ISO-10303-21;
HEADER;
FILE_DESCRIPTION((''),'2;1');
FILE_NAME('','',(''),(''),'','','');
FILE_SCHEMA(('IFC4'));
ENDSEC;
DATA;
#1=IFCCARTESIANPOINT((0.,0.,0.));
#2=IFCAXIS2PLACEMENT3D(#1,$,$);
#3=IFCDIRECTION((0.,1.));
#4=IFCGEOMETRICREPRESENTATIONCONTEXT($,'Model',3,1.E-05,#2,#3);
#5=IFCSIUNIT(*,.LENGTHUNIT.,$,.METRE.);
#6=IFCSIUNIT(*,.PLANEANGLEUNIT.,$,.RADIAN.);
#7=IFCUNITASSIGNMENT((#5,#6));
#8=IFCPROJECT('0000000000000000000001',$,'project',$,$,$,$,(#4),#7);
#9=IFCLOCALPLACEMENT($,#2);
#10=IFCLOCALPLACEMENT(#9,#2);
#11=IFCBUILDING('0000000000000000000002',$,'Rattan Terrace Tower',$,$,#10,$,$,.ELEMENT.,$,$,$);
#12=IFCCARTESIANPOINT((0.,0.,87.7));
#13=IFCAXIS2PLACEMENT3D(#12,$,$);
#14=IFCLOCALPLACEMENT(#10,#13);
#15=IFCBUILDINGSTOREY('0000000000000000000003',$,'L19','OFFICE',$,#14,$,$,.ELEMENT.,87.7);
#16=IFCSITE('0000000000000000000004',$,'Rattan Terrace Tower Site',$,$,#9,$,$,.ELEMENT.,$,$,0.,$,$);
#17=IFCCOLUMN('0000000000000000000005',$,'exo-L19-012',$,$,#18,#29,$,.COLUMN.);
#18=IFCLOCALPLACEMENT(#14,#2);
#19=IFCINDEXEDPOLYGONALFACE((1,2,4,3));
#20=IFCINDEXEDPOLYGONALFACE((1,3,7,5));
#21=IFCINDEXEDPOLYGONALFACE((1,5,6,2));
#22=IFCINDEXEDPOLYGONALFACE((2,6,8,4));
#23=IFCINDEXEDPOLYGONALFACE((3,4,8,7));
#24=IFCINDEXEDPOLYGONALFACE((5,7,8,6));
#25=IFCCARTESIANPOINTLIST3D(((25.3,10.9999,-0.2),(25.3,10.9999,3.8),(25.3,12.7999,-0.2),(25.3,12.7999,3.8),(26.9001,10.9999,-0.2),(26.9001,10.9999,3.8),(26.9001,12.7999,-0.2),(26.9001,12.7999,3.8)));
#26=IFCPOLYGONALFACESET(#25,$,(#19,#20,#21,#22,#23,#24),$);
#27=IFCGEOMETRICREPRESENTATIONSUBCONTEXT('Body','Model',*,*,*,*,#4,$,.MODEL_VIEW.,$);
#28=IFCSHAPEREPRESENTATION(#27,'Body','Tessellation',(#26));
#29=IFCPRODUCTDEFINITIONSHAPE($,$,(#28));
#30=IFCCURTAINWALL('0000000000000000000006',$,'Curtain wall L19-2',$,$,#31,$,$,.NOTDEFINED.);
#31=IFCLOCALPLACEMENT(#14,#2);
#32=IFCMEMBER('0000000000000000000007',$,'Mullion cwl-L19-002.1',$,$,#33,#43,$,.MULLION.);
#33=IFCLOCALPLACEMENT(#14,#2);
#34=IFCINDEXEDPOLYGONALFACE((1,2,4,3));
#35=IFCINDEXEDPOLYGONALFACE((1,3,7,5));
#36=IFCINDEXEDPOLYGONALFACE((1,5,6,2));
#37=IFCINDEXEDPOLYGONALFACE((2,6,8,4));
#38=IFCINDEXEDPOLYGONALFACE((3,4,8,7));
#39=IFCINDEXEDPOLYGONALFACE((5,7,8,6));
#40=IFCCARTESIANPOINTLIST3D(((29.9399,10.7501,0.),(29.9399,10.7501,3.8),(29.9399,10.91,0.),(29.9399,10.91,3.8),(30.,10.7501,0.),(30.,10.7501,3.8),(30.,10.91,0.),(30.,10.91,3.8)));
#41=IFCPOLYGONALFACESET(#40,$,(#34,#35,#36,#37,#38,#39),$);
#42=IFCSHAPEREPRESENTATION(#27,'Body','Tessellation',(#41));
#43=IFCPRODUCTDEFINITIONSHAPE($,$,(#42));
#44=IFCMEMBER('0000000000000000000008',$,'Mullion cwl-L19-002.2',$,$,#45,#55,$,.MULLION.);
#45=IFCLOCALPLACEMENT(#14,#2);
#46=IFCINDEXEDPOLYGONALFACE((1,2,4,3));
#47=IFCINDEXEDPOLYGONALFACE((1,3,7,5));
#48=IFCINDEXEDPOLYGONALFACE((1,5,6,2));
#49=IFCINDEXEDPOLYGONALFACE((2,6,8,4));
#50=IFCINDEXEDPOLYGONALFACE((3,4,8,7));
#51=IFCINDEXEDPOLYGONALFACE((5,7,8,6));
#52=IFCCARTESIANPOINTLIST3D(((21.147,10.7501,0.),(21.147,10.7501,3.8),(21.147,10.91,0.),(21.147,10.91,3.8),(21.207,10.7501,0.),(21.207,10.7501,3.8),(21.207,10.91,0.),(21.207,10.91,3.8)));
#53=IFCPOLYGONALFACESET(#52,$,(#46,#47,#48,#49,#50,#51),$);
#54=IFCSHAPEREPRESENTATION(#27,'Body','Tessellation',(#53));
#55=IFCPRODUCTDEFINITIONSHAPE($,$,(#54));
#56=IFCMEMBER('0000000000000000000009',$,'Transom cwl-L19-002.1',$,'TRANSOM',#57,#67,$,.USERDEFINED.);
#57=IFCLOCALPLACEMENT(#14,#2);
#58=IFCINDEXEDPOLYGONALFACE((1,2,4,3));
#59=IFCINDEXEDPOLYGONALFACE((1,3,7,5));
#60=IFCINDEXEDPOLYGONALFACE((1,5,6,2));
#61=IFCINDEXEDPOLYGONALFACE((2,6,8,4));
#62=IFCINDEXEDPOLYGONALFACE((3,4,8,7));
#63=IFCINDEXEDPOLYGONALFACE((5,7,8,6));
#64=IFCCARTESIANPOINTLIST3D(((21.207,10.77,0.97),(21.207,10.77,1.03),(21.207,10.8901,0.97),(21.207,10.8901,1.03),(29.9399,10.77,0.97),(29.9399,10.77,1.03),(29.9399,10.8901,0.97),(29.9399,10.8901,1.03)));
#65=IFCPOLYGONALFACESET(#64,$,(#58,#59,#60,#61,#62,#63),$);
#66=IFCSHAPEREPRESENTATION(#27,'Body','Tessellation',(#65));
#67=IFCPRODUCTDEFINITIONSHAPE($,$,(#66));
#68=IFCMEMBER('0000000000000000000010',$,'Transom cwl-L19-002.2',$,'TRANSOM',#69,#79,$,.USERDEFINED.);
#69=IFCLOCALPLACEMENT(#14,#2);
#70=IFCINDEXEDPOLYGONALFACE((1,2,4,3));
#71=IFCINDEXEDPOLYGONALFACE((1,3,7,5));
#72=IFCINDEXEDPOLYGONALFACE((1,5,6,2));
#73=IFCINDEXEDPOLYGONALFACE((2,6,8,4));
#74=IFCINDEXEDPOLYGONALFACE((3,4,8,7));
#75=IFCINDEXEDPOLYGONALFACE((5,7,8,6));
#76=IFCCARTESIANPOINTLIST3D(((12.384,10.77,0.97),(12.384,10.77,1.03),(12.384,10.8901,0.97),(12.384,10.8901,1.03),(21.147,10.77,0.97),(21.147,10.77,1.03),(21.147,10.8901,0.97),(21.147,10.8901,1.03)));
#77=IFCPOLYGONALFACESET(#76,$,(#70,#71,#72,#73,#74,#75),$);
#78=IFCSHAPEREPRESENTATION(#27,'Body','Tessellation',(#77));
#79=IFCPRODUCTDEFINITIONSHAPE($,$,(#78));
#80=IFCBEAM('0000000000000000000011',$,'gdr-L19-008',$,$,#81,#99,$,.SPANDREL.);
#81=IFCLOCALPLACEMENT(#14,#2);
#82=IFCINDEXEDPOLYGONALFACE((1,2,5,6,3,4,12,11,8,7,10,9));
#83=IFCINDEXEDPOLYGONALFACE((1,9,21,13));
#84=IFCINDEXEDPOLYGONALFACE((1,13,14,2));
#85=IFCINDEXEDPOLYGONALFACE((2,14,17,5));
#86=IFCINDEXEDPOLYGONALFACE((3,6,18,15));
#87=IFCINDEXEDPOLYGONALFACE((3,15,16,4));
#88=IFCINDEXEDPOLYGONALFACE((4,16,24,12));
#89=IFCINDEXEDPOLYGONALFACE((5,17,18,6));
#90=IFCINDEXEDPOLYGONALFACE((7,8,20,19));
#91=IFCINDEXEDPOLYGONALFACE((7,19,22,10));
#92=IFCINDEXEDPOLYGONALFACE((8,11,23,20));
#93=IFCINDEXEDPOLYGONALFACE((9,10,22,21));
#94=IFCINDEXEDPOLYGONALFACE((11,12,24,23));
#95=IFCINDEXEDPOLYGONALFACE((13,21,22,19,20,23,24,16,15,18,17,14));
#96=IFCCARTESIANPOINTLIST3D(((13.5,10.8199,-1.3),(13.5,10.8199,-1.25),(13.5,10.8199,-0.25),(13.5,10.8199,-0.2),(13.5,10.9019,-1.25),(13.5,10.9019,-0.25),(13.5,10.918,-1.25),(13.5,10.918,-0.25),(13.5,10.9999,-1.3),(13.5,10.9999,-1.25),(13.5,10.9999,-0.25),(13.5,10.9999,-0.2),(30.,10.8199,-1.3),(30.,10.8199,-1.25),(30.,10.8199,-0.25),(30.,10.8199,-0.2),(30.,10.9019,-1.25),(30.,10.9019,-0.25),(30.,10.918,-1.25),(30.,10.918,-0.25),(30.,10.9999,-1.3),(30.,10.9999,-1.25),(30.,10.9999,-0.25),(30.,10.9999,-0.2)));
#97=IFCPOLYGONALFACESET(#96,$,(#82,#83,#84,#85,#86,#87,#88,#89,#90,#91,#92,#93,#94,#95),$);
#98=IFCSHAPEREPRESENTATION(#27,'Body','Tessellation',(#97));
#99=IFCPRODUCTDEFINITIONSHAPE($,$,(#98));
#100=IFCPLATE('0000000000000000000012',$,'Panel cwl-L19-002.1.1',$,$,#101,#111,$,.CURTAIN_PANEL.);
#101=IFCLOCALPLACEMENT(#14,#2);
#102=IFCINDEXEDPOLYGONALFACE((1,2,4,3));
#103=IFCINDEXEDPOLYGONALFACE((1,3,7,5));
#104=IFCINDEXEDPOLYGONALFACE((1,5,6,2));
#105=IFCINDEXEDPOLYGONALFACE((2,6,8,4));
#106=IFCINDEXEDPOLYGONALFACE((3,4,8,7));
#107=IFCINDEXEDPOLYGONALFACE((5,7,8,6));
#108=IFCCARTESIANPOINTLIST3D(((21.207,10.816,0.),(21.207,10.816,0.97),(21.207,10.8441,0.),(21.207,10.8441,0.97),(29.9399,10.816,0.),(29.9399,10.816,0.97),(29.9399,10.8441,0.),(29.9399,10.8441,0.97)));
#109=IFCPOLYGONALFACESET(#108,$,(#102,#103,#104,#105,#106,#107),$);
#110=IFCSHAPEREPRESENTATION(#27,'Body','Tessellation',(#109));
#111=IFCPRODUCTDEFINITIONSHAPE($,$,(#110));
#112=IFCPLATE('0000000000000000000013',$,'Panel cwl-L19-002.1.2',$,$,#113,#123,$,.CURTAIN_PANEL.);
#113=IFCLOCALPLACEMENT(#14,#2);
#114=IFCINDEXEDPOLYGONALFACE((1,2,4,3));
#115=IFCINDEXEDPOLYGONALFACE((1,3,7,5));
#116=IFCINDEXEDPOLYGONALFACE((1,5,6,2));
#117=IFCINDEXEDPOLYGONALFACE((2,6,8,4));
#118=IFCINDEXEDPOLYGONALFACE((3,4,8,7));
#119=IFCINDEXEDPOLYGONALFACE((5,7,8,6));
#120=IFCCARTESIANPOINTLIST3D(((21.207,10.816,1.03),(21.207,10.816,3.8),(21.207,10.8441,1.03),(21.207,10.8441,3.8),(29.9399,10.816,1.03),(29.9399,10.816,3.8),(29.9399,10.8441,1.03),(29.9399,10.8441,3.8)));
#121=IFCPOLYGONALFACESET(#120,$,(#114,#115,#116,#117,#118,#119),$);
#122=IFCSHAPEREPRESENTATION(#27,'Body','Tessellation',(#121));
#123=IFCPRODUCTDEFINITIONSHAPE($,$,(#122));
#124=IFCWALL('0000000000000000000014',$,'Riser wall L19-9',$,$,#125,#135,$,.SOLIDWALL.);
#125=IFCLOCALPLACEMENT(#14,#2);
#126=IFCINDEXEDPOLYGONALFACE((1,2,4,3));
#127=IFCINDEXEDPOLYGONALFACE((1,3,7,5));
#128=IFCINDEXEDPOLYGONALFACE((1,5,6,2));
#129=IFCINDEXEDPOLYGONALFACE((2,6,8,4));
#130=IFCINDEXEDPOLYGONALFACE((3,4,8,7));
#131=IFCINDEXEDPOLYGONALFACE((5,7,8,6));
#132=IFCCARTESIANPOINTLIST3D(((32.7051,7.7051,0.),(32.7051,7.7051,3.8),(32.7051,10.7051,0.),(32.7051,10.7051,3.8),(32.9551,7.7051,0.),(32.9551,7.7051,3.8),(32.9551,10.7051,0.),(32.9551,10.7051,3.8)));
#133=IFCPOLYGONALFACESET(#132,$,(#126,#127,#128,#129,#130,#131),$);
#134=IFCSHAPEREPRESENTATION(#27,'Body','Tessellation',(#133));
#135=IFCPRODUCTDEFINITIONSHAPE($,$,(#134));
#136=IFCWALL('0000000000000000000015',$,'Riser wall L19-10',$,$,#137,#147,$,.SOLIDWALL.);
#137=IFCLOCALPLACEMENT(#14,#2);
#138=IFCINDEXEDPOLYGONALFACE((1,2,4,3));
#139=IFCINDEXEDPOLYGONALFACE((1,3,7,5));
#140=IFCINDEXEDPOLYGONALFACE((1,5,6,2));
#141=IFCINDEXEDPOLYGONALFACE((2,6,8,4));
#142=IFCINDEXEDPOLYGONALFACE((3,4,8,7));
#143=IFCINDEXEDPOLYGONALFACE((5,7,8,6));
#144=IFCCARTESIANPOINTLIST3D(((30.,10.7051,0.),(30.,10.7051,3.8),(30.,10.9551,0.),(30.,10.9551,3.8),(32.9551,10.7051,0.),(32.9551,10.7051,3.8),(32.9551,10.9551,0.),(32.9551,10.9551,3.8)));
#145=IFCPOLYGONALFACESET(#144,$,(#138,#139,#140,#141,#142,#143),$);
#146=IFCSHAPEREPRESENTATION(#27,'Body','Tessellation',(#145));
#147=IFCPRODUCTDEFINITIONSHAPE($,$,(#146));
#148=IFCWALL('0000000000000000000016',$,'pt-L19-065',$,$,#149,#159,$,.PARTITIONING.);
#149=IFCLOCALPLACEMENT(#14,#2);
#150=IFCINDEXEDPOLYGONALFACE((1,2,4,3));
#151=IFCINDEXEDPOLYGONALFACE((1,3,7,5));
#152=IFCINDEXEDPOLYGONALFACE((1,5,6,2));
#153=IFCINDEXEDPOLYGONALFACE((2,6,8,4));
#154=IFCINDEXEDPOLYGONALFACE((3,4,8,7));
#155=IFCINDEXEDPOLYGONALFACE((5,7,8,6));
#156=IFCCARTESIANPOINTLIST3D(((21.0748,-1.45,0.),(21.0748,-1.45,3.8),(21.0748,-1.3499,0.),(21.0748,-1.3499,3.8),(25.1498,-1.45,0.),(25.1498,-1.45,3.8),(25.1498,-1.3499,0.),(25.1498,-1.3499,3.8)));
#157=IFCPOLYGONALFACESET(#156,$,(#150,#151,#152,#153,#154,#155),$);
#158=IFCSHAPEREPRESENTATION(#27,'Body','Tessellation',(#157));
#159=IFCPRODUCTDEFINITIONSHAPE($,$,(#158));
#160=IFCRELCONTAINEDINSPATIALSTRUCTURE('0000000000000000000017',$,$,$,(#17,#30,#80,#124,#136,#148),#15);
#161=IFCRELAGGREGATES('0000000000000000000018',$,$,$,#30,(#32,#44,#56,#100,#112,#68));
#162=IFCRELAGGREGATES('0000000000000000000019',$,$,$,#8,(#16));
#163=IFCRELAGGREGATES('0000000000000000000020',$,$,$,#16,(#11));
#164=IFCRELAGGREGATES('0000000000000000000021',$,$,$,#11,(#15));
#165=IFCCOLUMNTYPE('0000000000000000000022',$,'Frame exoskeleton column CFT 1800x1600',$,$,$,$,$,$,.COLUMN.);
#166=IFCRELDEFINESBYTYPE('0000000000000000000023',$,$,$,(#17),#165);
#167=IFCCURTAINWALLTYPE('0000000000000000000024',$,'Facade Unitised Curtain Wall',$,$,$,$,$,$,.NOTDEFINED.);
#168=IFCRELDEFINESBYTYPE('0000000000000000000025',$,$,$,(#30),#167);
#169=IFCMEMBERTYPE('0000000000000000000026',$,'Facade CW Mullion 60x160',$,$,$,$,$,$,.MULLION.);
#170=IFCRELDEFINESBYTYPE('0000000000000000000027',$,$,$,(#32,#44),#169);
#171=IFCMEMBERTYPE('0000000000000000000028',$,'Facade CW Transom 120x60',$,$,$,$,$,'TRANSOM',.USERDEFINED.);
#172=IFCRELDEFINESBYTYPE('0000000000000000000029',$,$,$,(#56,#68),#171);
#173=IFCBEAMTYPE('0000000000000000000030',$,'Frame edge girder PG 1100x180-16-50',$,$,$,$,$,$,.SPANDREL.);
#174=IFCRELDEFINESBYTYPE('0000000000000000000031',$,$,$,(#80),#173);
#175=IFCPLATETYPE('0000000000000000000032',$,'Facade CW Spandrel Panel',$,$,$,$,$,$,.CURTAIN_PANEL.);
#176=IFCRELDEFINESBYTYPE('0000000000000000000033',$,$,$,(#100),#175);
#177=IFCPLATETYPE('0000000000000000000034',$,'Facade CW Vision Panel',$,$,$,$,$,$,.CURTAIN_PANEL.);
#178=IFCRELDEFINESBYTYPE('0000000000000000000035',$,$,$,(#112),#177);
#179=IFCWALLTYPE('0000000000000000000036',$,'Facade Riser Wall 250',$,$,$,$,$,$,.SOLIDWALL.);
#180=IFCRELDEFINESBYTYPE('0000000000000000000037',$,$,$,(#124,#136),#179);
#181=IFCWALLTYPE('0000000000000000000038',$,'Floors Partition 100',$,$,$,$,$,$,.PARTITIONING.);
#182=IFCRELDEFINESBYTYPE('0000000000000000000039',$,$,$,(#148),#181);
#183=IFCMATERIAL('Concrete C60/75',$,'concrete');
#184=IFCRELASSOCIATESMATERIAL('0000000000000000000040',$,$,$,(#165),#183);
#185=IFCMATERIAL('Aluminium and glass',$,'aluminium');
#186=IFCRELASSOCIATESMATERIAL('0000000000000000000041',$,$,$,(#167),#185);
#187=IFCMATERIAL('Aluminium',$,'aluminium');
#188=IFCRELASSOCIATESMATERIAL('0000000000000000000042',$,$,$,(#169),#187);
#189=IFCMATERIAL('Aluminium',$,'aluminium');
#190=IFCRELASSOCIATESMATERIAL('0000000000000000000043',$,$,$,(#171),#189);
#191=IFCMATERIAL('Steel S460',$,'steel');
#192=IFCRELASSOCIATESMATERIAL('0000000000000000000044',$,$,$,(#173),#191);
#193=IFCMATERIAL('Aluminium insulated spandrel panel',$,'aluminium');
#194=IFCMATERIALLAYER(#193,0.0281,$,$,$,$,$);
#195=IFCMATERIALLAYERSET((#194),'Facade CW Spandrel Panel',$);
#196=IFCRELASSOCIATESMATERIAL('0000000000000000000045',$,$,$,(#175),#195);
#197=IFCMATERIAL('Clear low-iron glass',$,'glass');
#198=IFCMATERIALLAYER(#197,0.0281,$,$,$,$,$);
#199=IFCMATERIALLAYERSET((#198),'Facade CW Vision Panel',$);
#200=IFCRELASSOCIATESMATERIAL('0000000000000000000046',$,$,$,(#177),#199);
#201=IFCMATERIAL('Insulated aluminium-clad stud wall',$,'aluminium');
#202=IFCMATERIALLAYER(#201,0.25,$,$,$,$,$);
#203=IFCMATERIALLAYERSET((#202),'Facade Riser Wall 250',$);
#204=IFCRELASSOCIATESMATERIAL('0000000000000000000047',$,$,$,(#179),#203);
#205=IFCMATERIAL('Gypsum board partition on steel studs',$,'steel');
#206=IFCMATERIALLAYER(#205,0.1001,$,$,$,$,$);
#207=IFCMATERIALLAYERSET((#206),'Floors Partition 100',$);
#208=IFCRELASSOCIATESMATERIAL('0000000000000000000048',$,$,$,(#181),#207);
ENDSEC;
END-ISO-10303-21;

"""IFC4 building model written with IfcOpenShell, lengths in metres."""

from ifc_helpers import new_model, si_unit, direction, frame, frame_2d, origin, origin_2d, place, context, subcontext, project, spatial, rectangle, i_section, extrude, material, layer, layer_set, material_profile, profile_set, type_object, element, aggregate, save


model = new_model("IFC4")

# Units and contexts
model_context = context("Model", 3, precision=1e-05, world=origin(), true_north=direction((0.0, 1.0)))
body_context = subcontext(model_context, "Body", "Model", "MODEL_VIEW")
ifc_project = project(units=[si_unit("LENGTHUNIT", "METRE"), si_unit("PLANEANGLEUNIT", "RADIAN")], contexts=[model_context])

# Site, building, storey
site_placement = place(None, origin())
site = spatial("IfcSite", under=ifc_project, at=site_placement, Name="Rattan Terrace Tower Site", CompositionType="ELEMENT", RefElevation=0.0)
building_placement = place(site_placement, origin())
building = spatial("IfcBuilding", under=site, at=building_placement, Name="Rattan Terrace Tower", CompositionType="ELEMENT")
storey_placement = place(building_placement, frame((0.0, 0.0, 87.7)))
storey = spatial("IfcBuildingStorey", under=building, at=storey_placement, Name="L19", Description="OFFICE", CompositionType="ELEMENT", Elevation=87.7)

# Column
ifc_material_1 = material(Name="Concrete C60/75", Category="concrete")
ifc_material_profile_1 = material_profile(ifc_material_1, rectangle(XDim=1.6001, YDim=1.8, at=origin_2d()), Name="CFT 1800x1600")
ifc_profile_set_1 = profile_set([ifc_material_profile_1], Name="Concrete C60/75")
column_type = type_object("IfcColumnType", Name="Frame exoskeleton column CFT 1800x1600", PredefinedType="COLUMN", material=ifc_profile_set_1)
column_placement = place(storey_placement, frame((26.1001, 11.8999, -0.2), z_axis=(0.0, 0.0, 1.0), x_axis=(1.0, 0.0, 0.0)))
element("IfcColumn", 1, at=column_placement, inside=storey, type_object=column_type, Name="exo-L19-012", PredefinedType="COLUMN", context=body_context, shape_type="SweptSolid", body=[
    extrude(rectangle(XDim=1.6001, YDim=1.8, at=origin_2d()), origin(), (0.0, 0.0, 1.0), 4.0),
])

# Curtain wall, members
ifc_material_2 = material(Name="Aluminium and glass", Category="aluminium")
curtain_wall_type = type_object("IfcCurtainWallType", Name="Facade Unitised Curtain Wall", PredefinedType="NOTDEFINED", material=ifc_material_2)
curtain_wall_placement = place(storey_placement, origin())
curtain_wall = element("IfcCurtainWall", 2, at=curtain_wall_placement, inside=storey, type_object=curtain_wall_type, Name="Curtain wall L19-2", PredefinedType="NOTDEFINED")
ifc_material_3 = material(Name="Aluminium", Category="aluminium")
ifc_material_profile_2 = material_profile(ifc_material_3, rectangle(XDim=0.0601, YDim=0.1599, at=origin_2d()), Name="Aluminium 60x160")
ifc_profile_set_2 = profile_set([ifc_material_profile_2], Name="Aluminium")
member_type_1 = type_object("IfcMemberType", Name="Facade CW Mullion 60x160", PredefinedType="MULLION", material=ifc_profile_set_2)
member_1_placement = place(storey_placement, frame((29.97, 10.8301, 0.0), z_axis=(0.0, 0.0, 1.0), x_axis=(-1.0, 0.0, 0.0)))
member_1 = element("IfcMember", 3, at=member_1_placement, type_object=member_type_1, Name="Mullion cwl-L19-002.1", PredefinedType="MULLION", context=body_context, shape_type="SweptSolid", body=[
    extrude(rectangle(XDim=0.0601, YDim=0.1599, at=origin_2d()), origin(), (0.0, 0.0, 1.0), 3.8),
])
member_2_placement = place(storey_placement, frame((21.177, 10.8301, 0.0), z_axis=(0.0, 0.0, 1.0), x_axis=(-1.0, 0.0, 0.0)))
member_2 = element("IfcMember", 4, at=member_2_placement, type_object=member_type_1, Name="Mullion cwl-L19-002.2", PredefinedType="MULLION", context=body_context, shape_type="SweptSolid", body=[
    extrude(rectangle(XDim=0.0601, YDim=0.1599, at=origin_2d()), origin(), (0.0, 0.0, 1.0), 3.8),
])
ifc_material_4 = material(Name="Aluminium", Category="aluminium")
ifc_material_profile_3 = material_profile(ifc_material_4, rectangle(XDim=0.1201, YDim=0.0601, at=origin_2d()), Name="Aluminium 120x60")
ifc_profile_set_3 = profile_set([ifc_material_profile_3], Name="Aluminium")
member_type_2 = type_object("IfcMemberType", Name="Facade CW Transom 120x60", ElementType="TRANSOM", PredefinedType="USERDEFINED", material=ifc_profile_set_3)
member_3_placement = place(storey_placement, frame((29.9399, 10.8301, 1.0), z_axis=(-1.0, 0.0, 0.0), x_axis=(0.0, -1.0, 0.0)))
member_3 = element("IfcMember", 5, at=member_3_placement, type_object=member_type_2, Name="Transom cwl-L19-002.1", ObjectType="TRANSOM", PredefinedType="USERDEFINED", context=body_context, shape_type="SweptSolid", body=[
    extrude(rectangle(XDim=0.1201, YDim=0.0601, at=origin_2d()), origin(), (0.0, 0.0, 1.0), 8.7329),
])
member_4_placement = place(storey_placement, frame((21.147, 10.8301, 1.0), z_axis=(-1.0, 0.0, 0.0), x_axis=(0.0, -1.0, 0.0)))
member_4 = element("IfcMember", 6, at=member_4_placement, type_object=member_type_2, Name="Transom cwl-L19-002.2", ObjectType="TRANSOM", PredefinedType="USERDEFINED", context=body_context, shape_type="SweptSolid", body=[
    extrude(rectangle(XDim=0.1201, YDim=0.0601, at=origin_2d()), origin(), (0.0, 0.0, 1.0), 8.7629),
])

# Beam
ifc_material_5 = material(Name="Steel S460", Category="steel")
ifc_material_profile_4 = material_profile(ifc_material_5, i_section(OverallWidth=0.1799, OverallDepth=1.1001, WebThickness=0.0161, FlangeThickness=0.05, at=origin_2d()), Name="PG 1100x180-16-50")
ifc_profile_set_4 = profile_set([ifc_material_profile_4], Name="Steel S460")
beam_type = type_object("IfcBeamType", Name="Frame edge girder PG 1100x180-16-50", PredefinedType="SPANDREL", material=ifc_profile_set_4)
beam_placement = place(storey_placement, frame((30.0, 10.9099, -0.75), z_axis=(-1.0, 0.0, 0.0), x_axis=(0.0, -1.0, 0.0)))
element("IfcBeam", 7, at=beam_placement, inside=storey, type_object=beam_type, Name="gdr-L19-008", PredefinedType="SPANDREL", context=body_context, shape_type="SweptSolid", body=[
    extrude(i_section(OverallWidth=0.1799, OverallDepth=1.1001, WebThickness=0.0161, FlangeThickness=0.05, at=origin_2d()), origin(), (0.0, 0.0, 1.0), 16.5),
])

# Plates
ifc_material_6 = material(Name="Aluminium insulated spandrel panel", Category="aluminium")
ifc_layer_1 = layer(ifc_material_6, 0.0281)
ifc_layer_set_1 = layer_set([ifc_layer_1], Name="Facade CW Spandrel Panel")
plate_type_1 = type_object("IfcPlateType", Name="Facade CW Spandrel Panel", PredefinedType="CURTAIN_PANEL", material=ifc_layer_set_1)
plate_1_placement = place(storey_placement, frame((25.5735, 10.8301, 0.0), z_axis=(0.0, 0.0, 1.0), x_axis=(-1.0, 0.0, 0.0)))
plate_1 = element("IfcPlate", 8, at=plate_1_placement, type_object=plate_type_1, Name="Panel cwl-L19-002.1.1", PredefinedType="CURTAIN_PANEL", context=body_context, shape_type="SweptSolid", body=[
    extrude(rectangle(XDim=8.7329, YDim=0.0281, at=origin_2d()), origin(), (0.0, 0.0, 1.0), 0.97),
])
ifc_material_7 = material(Name="Clear low-iron glass", Category="glass")
ifc_layer_2 = layer(ifc_material_7, 0.0281)
ifc_layer_set_2 = layer_set([ifc_layer_2], Name="Facade CW Vision Panel")
plate_type_2 = type_object("IfcPlateType", Name="Facade CW Vision Panel", PredefinedType="CURTAIN_PANEL", material=ifc_layer_set_2)
plate_2_placement = place(storey_placement, frame((25.5735, 10.8301, 1.03), z_axis=(0.0, 0.0, 1.0), x_axis=(-1.0, 0.0, 0.0)))
plate_2 = element("IfcPlate", 9, at=plate_2_placement, type_object=plate_type_2, Name="Panel cwl-L19-002.1.2", PredefinedType="CURTAIN_PANEL", context=body_context, shape_type="SweptSolid", body=[
    extrude(rectangle(XDim=8.7329, YDim=0.0281, at=origin_2d()), origin(), (0.0, 0.0, 1.0), 2.77),
])
aggregate(curtain_wall, [member_1, member_2, member_3, plate_1, plate_2, member_4])

# Walls
ifc_material_8 = material(Name="Insulated aluminium-clad stud wall", Category="aluminium")
ifc_layer_3 = layer(ifc_material_8, 0.25)
ifc_layer_set_3 = layer_set([ifc_layer_3], Name="Facade Riser Wall 250")
wall_type_1 = type_object("IfcWallType", Name="Facade Riser Wall 250", PredefinedType="SOLIDWALL", material=ifc_layer_set_3)
wall_1_placement = place(storey_placement, frame((32.8301, 7.7051, 0.0), z_axis=(0.0, 0.0, 1.0), x_axis=(0.0, 1.0, 0.0)))
element("IfcWall", 10, at=wall_1_placement, inside=storey, type_object=wall_type_1, Name="Riser wall L19-9", PredefinedType="SOLIDWALL", context=body_context, shape_type="SweptSolid", body=[
    extrude(rectangle(XDim=3.0, YDim=0.25, at=frame_2d((1.5, 0.0))), origin(), (0.0, 0.0, 1.0), 3.8),
])
wall_2_placement = place(storey_placement, frame((32.9551, 10.8301, 0.0), z_axis=(0.0, 0.0, 1.0), x_axis=(-1.0, 0.0, 0.0)))
element("IfcWall", 11, at=wall_2_placement, inside=storey, type_object=wall_type_1, Name="Riser wall L19-10", PredefinedType="SOLIDWALL", context=body_context, shape_type="SweptSolid", body=[
    extrude(rectangle(XDim=2.9551, YDim=0.25, at=frame_2d((1.4775, 0.0))), origin(), (0.0, 0.0, 1.0), 3.8),
])
ifc_material_9 = material(Name="Gypsum board partition on steel studs", Category="steel")
ifc_layer_4 = layer(ifc_material_9, 0.1001)
ifc_layer_set_4 = layer_set([ifc_layer_4], Name="Floors Partition 100")
wall_type_2 = type_object("IfcWallType", Name="Floors Partition 100", PredefinedType="PARTITIONING", material=ifc_layer_set_4)
wall_3_placement = place(storey_placement, frame((25.1499, -1.3999, 0.0), z_axis=(0.0, 0.0, 1.0), x_axis=(-1.0, 0.0, 0.0)))
element("IfcWall", 12, at=wall_3_placement, inside=storey, type_object=wall_type_2, Name="pt-L19-065", PredefinedType="PARTITIONING", context=body_context, shape_type="SweptSolid", body=[
    extrude(rectangle(XDim=4.075, YDim=0.1001, at=frame_2d((2.0376, 0.0))), origin(), (0.0, 0.0, 1.0), 3.8),
])

save(model, "model.ifc")
